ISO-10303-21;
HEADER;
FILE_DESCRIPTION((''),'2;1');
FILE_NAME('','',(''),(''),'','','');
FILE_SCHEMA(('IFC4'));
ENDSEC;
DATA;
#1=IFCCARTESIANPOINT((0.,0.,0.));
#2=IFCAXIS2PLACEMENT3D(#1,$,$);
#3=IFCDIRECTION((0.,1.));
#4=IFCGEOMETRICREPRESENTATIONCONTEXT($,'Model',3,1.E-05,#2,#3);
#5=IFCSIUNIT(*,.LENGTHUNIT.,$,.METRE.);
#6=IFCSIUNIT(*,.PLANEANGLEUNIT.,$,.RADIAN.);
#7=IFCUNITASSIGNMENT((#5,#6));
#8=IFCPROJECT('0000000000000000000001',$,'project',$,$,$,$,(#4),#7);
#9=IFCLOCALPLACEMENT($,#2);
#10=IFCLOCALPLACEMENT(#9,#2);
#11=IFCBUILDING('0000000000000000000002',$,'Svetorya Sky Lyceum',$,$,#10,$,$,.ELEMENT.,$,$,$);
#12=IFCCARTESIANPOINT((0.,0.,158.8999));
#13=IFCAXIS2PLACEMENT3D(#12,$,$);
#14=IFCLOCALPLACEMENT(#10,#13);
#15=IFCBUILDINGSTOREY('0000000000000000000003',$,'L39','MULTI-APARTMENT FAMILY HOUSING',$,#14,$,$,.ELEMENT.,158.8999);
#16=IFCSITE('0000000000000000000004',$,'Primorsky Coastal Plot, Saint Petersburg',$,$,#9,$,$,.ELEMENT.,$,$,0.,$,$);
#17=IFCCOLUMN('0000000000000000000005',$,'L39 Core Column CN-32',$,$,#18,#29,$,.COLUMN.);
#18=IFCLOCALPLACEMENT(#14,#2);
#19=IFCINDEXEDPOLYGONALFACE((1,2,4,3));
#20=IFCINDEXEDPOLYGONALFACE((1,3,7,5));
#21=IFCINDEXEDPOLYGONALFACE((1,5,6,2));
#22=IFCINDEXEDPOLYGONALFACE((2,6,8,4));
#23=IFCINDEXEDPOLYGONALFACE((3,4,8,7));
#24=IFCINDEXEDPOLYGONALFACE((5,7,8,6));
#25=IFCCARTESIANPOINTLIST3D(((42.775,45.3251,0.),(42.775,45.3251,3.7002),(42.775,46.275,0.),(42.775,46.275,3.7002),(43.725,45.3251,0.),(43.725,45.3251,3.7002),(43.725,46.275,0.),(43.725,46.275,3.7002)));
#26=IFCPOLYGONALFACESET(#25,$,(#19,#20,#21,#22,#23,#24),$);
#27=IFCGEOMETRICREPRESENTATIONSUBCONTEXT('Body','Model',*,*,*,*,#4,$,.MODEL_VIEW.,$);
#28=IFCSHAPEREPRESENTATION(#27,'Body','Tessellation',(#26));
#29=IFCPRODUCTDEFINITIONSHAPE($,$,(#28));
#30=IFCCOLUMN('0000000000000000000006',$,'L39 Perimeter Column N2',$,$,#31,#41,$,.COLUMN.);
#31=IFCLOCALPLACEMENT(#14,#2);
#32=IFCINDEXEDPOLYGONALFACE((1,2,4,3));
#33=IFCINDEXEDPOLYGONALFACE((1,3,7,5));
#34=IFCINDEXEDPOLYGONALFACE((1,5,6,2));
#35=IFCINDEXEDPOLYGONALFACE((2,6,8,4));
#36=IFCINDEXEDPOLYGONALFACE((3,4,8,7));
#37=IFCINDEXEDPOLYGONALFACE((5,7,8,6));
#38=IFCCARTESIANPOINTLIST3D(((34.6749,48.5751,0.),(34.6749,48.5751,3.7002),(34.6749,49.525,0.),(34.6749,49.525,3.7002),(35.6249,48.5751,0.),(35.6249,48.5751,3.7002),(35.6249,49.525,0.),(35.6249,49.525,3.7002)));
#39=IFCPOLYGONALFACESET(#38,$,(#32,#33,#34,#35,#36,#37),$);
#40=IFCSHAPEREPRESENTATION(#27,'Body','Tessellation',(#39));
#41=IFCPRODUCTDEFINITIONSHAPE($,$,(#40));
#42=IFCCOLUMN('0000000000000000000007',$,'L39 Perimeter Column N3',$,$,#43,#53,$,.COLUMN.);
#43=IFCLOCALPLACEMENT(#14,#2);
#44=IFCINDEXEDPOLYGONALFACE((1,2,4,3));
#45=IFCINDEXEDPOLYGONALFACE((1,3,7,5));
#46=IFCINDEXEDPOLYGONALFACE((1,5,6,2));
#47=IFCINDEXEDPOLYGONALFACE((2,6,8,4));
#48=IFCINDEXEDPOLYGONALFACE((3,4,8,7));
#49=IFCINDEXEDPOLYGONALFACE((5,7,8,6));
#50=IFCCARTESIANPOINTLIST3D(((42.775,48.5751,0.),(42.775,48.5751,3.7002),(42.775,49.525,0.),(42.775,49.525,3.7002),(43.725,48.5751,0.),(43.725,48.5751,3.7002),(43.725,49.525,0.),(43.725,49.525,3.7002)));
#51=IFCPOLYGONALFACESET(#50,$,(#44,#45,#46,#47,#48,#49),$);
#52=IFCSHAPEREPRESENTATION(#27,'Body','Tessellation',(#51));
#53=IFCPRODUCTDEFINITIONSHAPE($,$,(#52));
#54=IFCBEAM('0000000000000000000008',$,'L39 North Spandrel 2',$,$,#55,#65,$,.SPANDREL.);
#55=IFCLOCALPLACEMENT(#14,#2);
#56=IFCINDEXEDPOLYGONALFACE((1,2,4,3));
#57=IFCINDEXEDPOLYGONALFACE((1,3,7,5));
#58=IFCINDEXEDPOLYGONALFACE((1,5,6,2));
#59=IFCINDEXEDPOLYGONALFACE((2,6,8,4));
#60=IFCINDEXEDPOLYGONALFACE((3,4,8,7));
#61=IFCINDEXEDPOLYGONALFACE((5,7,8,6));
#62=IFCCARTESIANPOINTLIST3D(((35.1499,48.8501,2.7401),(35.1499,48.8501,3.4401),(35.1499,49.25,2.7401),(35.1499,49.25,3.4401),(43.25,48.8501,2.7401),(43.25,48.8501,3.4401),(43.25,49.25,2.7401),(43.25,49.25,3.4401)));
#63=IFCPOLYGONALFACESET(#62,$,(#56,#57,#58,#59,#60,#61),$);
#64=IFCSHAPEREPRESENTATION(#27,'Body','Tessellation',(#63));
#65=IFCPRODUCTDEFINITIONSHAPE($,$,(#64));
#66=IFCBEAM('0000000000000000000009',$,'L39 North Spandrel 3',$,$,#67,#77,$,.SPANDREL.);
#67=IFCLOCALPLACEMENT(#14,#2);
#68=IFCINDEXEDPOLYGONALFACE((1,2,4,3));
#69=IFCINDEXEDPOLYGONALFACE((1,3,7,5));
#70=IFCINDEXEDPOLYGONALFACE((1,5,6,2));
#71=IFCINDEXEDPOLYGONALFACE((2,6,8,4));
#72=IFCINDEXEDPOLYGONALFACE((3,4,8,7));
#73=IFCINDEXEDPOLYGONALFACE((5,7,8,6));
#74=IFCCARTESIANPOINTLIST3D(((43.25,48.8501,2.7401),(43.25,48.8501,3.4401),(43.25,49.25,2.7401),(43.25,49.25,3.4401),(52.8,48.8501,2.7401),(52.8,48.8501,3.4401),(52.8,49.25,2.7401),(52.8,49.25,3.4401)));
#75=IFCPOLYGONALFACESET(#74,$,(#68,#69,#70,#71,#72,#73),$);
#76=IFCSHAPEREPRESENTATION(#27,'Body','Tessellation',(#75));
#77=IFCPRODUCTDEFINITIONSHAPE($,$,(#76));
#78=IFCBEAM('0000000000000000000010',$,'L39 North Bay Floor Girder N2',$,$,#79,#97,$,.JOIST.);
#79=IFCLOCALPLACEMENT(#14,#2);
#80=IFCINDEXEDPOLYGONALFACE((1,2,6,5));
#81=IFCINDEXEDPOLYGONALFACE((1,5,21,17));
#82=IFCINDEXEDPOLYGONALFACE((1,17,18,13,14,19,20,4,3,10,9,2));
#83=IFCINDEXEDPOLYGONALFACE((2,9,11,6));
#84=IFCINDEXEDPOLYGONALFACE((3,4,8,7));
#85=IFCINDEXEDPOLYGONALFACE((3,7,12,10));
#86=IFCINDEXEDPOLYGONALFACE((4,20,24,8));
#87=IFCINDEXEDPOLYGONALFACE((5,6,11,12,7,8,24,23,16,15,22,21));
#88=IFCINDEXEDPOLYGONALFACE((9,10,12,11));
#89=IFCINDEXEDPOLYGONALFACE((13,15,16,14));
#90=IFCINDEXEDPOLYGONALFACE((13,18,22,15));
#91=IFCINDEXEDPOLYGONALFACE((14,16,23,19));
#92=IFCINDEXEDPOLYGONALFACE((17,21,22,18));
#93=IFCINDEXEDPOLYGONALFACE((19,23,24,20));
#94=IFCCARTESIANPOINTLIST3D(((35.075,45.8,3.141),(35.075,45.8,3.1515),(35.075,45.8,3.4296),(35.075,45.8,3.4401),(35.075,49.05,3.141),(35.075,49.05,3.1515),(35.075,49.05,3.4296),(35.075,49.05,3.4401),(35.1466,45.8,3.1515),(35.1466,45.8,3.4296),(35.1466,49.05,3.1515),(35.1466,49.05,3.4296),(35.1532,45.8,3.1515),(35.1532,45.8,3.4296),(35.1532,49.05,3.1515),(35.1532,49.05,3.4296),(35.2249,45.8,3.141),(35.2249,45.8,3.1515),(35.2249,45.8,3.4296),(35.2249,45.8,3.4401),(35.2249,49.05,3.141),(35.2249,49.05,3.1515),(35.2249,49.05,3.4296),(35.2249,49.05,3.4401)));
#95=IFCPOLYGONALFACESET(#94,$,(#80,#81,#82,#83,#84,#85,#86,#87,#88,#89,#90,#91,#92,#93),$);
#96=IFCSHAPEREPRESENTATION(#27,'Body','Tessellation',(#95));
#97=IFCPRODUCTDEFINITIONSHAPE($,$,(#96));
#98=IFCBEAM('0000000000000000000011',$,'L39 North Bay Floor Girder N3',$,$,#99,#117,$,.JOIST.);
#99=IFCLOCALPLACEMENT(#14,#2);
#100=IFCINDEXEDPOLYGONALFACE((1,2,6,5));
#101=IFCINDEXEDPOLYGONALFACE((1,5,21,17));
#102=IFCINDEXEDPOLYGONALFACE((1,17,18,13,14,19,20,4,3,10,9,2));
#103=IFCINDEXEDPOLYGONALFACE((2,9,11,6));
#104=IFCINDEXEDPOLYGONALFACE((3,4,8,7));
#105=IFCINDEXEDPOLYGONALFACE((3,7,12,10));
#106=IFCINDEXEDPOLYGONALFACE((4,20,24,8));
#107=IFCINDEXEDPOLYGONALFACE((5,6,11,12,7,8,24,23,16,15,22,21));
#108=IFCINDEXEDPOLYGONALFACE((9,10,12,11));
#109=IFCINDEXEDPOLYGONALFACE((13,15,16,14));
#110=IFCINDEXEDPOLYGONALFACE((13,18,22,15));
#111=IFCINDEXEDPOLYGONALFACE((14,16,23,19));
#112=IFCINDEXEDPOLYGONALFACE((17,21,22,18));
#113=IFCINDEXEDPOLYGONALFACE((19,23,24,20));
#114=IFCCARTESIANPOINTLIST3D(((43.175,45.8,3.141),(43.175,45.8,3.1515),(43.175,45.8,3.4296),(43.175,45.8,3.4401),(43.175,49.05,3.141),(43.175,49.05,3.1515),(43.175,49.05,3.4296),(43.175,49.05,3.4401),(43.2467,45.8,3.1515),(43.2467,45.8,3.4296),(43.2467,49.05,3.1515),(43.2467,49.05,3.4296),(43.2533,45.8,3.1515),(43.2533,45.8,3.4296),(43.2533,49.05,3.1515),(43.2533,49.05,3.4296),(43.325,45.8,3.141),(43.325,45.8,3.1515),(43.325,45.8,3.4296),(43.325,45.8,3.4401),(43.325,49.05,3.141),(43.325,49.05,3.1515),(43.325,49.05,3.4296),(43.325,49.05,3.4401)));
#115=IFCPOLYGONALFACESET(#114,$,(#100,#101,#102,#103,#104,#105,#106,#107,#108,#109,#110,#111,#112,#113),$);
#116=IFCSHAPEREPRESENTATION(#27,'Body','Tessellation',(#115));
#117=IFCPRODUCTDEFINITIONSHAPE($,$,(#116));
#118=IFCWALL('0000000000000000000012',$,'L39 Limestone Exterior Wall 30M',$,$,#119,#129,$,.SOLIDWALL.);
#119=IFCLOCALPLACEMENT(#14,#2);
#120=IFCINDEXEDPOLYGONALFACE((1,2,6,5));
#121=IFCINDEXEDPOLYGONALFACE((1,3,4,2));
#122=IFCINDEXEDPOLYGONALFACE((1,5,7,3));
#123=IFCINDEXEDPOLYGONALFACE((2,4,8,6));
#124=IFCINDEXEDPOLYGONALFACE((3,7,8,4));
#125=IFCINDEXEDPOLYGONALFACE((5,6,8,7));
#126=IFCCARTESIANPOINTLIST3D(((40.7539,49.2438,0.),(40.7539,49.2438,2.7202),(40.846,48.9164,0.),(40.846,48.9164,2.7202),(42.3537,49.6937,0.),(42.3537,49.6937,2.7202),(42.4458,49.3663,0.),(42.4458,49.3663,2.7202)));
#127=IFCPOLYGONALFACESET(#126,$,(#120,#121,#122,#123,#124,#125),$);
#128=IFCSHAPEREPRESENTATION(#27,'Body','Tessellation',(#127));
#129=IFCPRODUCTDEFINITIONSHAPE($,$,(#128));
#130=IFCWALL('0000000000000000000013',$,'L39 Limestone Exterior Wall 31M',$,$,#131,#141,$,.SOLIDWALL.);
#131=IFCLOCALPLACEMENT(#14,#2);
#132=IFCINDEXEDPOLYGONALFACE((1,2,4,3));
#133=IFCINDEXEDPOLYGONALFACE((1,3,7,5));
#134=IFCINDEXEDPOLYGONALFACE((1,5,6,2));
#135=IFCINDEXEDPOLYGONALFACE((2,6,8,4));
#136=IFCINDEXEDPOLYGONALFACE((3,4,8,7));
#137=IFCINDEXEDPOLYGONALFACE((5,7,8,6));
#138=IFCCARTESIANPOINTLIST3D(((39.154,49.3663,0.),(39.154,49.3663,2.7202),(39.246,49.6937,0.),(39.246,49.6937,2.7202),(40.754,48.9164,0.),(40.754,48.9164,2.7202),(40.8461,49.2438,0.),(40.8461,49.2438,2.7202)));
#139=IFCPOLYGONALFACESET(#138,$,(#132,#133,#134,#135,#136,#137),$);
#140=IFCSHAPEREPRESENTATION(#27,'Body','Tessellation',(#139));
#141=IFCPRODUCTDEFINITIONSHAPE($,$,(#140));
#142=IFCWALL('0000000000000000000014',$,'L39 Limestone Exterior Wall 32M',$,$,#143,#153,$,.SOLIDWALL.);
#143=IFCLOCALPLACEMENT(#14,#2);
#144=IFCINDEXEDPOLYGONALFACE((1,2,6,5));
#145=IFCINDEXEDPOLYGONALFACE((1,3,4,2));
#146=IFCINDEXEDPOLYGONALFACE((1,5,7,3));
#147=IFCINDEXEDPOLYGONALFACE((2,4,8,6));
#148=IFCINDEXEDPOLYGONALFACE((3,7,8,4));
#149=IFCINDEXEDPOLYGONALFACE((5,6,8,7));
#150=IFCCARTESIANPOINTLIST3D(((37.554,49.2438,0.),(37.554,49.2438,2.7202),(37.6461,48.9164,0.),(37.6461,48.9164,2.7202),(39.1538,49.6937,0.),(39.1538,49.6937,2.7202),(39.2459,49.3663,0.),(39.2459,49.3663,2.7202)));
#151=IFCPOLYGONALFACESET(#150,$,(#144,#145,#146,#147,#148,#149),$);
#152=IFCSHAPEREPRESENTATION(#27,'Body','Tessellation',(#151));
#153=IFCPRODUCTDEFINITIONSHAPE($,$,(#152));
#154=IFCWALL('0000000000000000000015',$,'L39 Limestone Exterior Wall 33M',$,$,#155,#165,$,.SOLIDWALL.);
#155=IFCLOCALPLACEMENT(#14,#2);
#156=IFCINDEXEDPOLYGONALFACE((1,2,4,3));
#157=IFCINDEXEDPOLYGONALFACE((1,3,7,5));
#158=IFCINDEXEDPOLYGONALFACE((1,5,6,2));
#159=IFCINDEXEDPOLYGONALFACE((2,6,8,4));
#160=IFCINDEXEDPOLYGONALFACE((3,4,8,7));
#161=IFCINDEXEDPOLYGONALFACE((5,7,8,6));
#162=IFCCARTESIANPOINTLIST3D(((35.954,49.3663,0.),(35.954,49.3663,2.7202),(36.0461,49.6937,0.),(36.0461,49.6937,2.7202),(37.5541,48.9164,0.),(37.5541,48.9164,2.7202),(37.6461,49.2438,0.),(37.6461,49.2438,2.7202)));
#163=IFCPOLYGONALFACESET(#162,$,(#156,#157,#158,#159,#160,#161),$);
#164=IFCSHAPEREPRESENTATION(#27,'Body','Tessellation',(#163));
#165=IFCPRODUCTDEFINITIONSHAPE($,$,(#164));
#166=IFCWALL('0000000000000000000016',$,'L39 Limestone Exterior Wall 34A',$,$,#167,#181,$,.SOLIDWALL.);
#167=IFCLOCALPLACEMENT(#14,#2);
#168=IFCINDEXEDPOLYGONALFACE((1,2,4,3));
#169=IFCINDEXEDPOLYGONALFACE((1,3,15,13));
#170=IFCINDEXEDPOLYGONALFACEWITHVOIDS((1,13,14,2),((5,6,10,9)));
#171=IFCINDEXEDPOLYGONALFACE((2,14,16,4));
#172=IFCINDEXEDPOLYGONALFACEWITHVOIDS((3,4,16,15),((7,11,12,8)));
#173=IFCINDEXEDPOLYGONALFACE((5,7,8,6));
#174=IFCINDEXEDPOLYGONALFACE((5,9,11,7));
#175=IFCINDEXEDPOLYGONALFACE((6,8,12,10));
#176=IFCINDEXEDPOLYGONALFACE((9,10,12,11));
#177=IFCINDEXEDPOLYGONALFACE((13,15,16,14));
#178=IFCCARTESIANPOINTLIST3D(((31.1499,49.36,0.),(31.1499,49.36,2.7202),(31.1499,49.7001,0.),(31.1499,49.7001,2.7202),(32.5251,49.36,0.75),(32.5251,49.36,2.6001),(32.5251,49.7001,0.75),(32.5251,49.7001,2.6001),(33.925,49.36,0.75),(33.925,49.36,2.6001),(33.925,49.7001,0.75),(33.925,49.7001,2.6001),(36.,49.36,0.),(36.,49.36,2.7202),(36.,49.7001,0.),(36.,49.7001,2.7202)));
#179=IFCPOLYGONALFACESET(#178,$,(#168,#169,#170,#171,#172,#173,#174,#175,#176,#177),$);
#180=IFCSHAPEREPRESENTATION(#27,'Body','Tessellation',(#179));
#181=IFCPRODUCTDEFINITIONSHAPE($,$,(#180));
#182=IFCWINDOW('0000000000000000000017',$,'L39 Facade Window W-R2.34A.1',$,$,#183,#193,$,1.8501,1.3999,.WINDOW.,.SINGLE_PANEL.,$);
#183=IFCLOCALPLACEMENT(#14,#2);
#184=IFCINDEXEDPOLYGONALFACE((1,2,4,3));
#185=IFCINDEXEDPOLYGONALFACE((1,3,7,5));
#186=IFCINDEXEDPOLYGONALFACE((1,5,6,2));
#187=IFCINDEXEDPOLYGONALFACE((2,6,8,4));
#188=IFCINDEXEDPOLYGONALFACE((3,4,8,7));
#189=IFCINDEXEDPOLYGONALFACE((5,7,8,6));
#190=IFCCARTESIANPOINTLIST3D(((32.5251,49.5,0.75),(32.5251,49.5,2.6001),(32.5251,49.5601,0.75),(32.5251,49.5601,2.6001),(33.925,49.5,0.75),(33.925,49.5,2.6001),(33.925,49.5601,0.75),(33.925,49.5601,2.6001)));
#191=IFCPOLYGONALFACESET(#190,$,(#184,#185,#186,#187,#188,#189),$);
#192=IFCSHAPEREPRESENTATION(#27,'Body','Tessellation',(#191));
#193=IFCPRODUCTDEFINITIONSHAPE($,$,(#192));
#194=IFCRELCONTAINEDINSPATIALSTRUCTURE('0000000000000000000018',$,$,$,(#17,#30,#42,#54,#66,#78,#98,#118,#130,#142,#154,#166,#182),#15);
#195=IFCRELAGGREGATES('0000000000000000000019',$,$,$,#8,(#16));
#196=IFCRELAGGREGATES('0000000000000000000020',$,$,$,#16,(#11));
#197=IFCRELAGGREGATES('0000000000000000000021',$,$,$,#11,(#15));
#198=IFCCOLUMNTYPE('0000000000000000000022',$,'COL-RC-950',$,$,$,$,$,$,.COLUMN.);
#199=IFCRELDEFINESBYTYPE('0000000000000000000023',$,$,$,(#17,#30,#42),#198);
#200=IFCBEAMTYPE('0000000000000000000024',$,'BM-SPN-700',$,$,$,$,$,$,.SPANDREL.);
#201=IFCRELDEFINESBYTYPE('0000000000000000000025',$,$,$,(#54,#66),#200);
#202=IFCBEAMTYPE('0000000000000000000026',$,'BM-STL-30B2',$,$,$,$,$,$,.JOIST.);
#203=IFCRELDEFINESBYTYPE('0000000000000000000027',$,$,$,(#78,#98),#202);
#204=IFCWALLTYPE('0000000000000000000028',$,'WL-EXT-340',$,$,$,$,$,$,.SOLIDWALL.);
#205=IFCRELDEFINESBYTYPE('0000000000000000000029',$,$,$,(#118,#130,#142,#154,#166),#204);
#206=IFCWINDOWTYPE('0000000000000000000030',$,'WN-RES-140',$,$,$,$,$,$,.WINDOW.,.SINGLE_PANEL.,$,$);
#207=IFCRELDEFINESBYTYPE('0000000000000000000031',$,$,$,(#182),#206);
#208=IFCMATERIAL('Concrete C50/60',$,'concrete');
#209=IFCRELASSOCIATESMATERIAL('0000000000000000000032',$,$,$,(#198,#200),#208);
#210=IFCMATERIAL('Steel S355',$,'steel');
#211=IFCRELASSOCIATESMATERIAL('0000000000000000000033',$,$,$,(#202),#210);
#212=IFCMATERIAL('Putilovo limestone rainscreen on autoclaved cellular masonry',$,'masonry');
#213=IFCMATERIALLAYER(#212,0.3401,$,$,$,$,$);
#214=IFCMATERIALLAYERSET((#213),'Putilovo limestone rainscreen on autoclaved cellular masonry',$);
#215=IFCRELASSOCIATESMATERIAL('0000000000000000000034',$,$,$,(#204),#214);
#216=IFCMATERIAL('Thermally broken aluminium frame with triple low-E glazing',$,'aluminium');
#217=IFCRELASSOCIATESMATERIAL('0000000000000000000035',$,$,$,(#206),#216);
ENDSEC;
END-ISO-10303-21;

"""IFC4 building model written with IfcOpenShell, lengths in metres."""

from ifc_helpers import new_model, si_unit, direction, frame, frame_2d, origin, origin_2d, place, context, subcontext, project, spatial, rectangle, i_section, extrude, material, layer, layer_set, material_profile, profile_set, type_object, element, fill, save


model = new_model("IFC4")

# Units and contexts
model_context = context("Model", 3, precision=1e-05, world=origin(), true_north=direction((0.0, 1.0)))
body_context = subcontext(model_context, "Body", "Model", "MODEL_VIEW")
ifc_project = project(units=[si_unit("LENGTHUNIT", "METRE"), si_unit("PLANEANGLEUNIT", "RADIAN")], contexts=[model_context])

# Site, building, storey
site_placement = place(None, origin())
site = spatial("IfcSite", under=ifc_project, at=site_placement, Name="Primorsky Coastal Plot, Saint Petersburg", CompositionType="ELEMENT", RefElevation=0.0)
building_placement = place(site_placement, origin())
building = spatial("IfcBuilding", under=site, at=building_placement, Name="Svetorya Sky Lyceum", CompositionType="ELEMENT")
storey_placement = place(building_placement, frame((0.0, 0.0, 158.8999)))
storey = spatial("IfcBuildingStorey", under=building, at=storey_placement, Name="L39", Description="MULTI-APARTMENT FAMILY HOUSING", CompositionType="ELEMENT", Elevation=158.8999)

# Columns
ifc_material_1 = material(Name="Concrete C50/60", Category="concrete")
ifc_material_profile_1 = material_profile(ifc_material_1, rectangle(XDim=0.95, YDim=0.95, at=origin_2d()), Name="RC COL 950x950")
ifc_profile_set_1 = profile_set([ifc_material_profile_1], Name="Concrete C50/60")
column_type = type_object("IfcColumnType", Name="COL-RC-950", PredefinedType="COLUMN", material=ifc_profile_set_1)
for number, where, z_axis, x_axis, name in (
    (1, (43.25, 45.8, 0.0), (0.0, 0.0, 1.0), (1.0, 0.0, 0.0), "L39 Core Column CN-32"),
    (2, (35.1499, 49.05, 0.0), (0.0, 0.0, 1.0), (1.0, 0.0, 0.0), "L39 Perimeter Column N2"),
    (3, (43.25, 49.05, 0.0), (0.0, 0.0, 1.0), (1.0, 0.0, 0.0), "L39 Perimeter Column N3"),
):
    element("IfcColumn", number, at=place(storey_placement, frame(where, z_axis=z_axis, x_axis=x_axis)), inside=storey, type_object=column_type, Name=name, PredefinedType="COLUMN", context=body_context, shape_type="SweptSolid", body=[
        extrude(rectangle(XDim=0.95, YDim=0.95, at=origin_2d()), origin(), (0.0, 0.0, 1.0), 3.7002),
    ])

# Beams
ifc_material_profile_2 = material_profile(ifc_material_1, rectangle(XDim=0.3999, YDim=0.7, at=origin_2d()), Name="RC SPANDREL 400x700")
ifc_profile_set_2 = profile_set([ifc_material_profile_2], Name="Concrete C50/60")
beam_type_1 = type_object("IfcBeamType", Name="BM-SPN-700", PredefinedType="SPANDREL", material=ifc_profile_set_2)
beam_1_placement = place(storey_placement, frame((35.1499, 49.05, 3.0901), z_axis=(1.0, 0.0, 0.0), x_axis=(0.0, 1.0, 0.0)))
element("IfcBeam", 4, at=beam_1_placement, inside=storey, type_object=beam_type_1, Name="L39 North Spandrel 2", PredefinedType="SPANDREL", context=body_context, shape_type="SweptSolid", body=[
    extrude(rectangle(XDim=0.3999, YDim=0.7, at=origin_2d()), origin(), (0.0, 0.0, 1.0), 8.1001),
])
beam_2_placement = place(storey_placement, frame((43.25, 49.05, 3.0901), z_axis=(1.0, 0.0, 0.0), x_axis=(0.0, 1.0, 0.0)))
element("IfcBeam", 5, at=beam_2_placement, inside=storey, type_object=beam_type_1, Name="L39 North Spandrel 3", PredefinedType="SPANDREL", context=body_context, shape_type="SweptSolid", body=[
    extrude(rectangle(XDim=0.3999, YDim=0.7, at=origin_2d()), origin(), (0.0, 0.0, 1.0), 9.55),
])
ifc_material_2 = material(Name="Steel S355", Category="steel")
ifc_material_profile_3 = material_profile(ifc_material_2, i_section(OverallWidth=0.1499, OverallDepth=0.2991, WebThickness=0.0066, FlangeThickness=0.0105, at=origin_2d()), Name="GOST 30B2")
ifc_profile_set_3 = profile_set([ifc_material_profile_3], Name="Steel S355")
beam_type_2 = type_object("IfcBeamType", Name="BM-STL-30B2", PredefinedType="JOIST", material=ifc_profile_set_3)
for number, where, z_axis, x_axis, name in (
    (6, (35.1499, 45.8, 3.2905), (0.0, 1.0, 0.0), (-1.0, 0.0, 0.0), "L39 North Bay Floor Girder N2"),
    (7, (43.25, 45.8, 3.2905), (0.0, 1.0, 0.0), (-1.0, 0.0, 0.0), "L39 North Bay Floor Girder N3"),
):
    element("IfcBeam", number, at=place(storey_placement, frame(where, z_axis=z_axis, x_axis=x_axis)), inside=storey, type_object=beam_type_2, Name=name, PredefinedType="JOIST", context=body_context, shape_type="SweptSolid", body=[
        extrude(i_section(OverallWidth=0.1499, OverallDepth=0.2991, WebThickness=0.0066, FlangeThickness=0.0105, at=origin_2d()), origin(), (0.0, 0.0, 1.0), 3.25),
    ])

# Walls
ifc_material_3 = material(Name="Putilovo limestone rainscreen on autoclaved cellular masonry", Category="masonry")
ifc_layer_1 = layer(ifc_material_3, 0.3401)
ifc_layer_set_1 = layer_set([ifc_layer_1], Name="Putilovo limestone rainscreen on autoclaved cellular masonry")
wall_type_1 = type_object("IfcWallType", Name="WL-EXT-340", PredefinedType="SOLIDWALL", material=ifc_layer_set_1)
wall_1_placement = place(storey_placement, frame((42.3999, 49.53, 0.0), z_axis=(0.0, 0.0, 1.0), x_axis=(-0.962652, -0.270741, 0.0)))
element("IfcWall", 8, at=wall_1_placement, inside=storey, type_object=wall_type_1, Name="L39 Limestone Exterior Wall 30M", PredefinedType="SOLIDWALL", context=body_context, shape_type="SweptSolid", body=[
    extrude(rectangle(XDim=1.6619, YDim=0.3401, at=frame_2d((0.8311, 0.0))), origin(), (0.0, 0.0, 1.0), 2.7202),
])
wall_2_placement = place(storey_placement, frame((40.8, 49.0801, 0.0), z_axis=(0.0, 0.0, 1.0), x_axis=(-0.962663, 0.270703, 0.0)))
element("IfcWall", 9, at=wall_2_placement, inside=storey, type_object=wall_type_1, Name="L39 Limestone Exterior Wall 31M", PredefinedType="SOLIDWALL", context=body_context, shape_type="SweptSolid", body=[
    extrude(rectangle(XDim=1.6621, YDim=0.3401, at=frame_2d((0.8311, 0.0))), origin(), (0.0, 0.0, 1.0), 2.7202),
])
wall_3_placement = place(storey_placement, frame((39.2, 49.53, 0.0), z_axis=(0.0, 0.0, 1.0), x_axis=(-0.962652, -0.270741, 0.0)))
element("IfcWall", 10, at=wall_3_placement, inside=storey, type_object=wall_type_1, Name="L39 Limestone Exterior Wall 32M", PredefinedType="SOLIDWALL", context=body_context, shape_type="SweptSolid", body=[
    extrude(rectangle(XDim=1.6619, YDim=0.3401, at=frame_2d((0.8311, 0.0))), origin(), (0.0, 0.0, 1.0), 2.7202),
])
wall_4_placement = place(storey_placement, frame((37.6001, 49.0801, 0.0), z_axis=(0.0, 0.0, 1.0), x_axis=(-0.962663, 0.270703, 0.0)))
element("IfcWall", 11, at=wall_4_placement, inside=storey, type_object=wall_type_1, Name="L39 Limestone Exterior Wall 33M", PredefinedType="SOLIDWALL", context=body_context, shape_type="SweptSolid", body=[
    extrude(rectangle(XDim=1.6621, YDim=0.3401, at=frame_2d((0.8311, 0.0))), origin(), (0.0, 0.0, 1.0), 2.7202),
])

# Wall, opening, window
wall_5_placement = place(storey_placement, frame((36.0, 49.53, 0.0), z_axis=(0.0, 0.0, 1.0), x_axis=(-1.0, 0.0, 0.0)))
wall_5 = element("IfcWall", 12, at=wall_5_placement, inside=storey, type_object=wall_type_1, Name="L39 Limestone Exterior Wall 34A", PredefinedType="SOLIDWALL", context=body_context, shape_type="SweptSolid", body=[
    extrude(rectangle(XDim=4.8501, YDim=0.3401, at=frame_2d((2.425, 0.0))), origin(), (0.0, 0.0, 1.0), 2.7202),
])
opening_1_placement = place(wall_5_placement, frame((2.075, 0.0, 0.75)))
opening_1 = element("IfcOpeningElement", 13, at=opening_1_placement, cuts=wall_5, PredefinedType="OPENING", context=body_context, shape_type="SweptSolid", body=[
    extrude(rectangle(XDim=1.3999, YDim=1.8501, at=frame_2d((0.7, 0.925))), frame((0.0, 0.1799, 0.0), z_axis=(0.0, -1.0, 0.0), x_axis=(1.0, 0.0, 0.0)), (0.0, 0.0, 1.0), 0.3601),
])
ifc_material_4 = material(Name="Thermally broken aluminium frame with triple low-E glazing", Category="aluminium")
window_type = type_object("IfcWindowType", Name="WN-RES-140", PartitioningType="SINGLE_PANEL", PredefinedType="WINDOW", material=ifc_material_4)
window_placement = place(opening_1_placement, origin())
window = element("IfcWindow", 14, at=window_placement, inside=storey, type_object=window_type, Name="L39 Facade Window W-R2.34A.1", OverallHeight=1.8501, OverallWidth=1.3999, PartitioningType="SINGLE_PANEL", PredefinedType="WINDOW", context=body_context, shape_type="SweptSolid", body=[
    extrude(rectangle(XDim=1.3999, YDim=1.8501, at=frame_2d((0.7, 0.925))), frame((0.0, 0.03, 0.0), z_axis=(0.0, -1.0, 0.0), x_axis=(1.0, 0.0, 0.0)), (0.0, 0.0, 1.0), 0.0601),
])
fill(opening_1, window)

save(model, "model.ifc")
